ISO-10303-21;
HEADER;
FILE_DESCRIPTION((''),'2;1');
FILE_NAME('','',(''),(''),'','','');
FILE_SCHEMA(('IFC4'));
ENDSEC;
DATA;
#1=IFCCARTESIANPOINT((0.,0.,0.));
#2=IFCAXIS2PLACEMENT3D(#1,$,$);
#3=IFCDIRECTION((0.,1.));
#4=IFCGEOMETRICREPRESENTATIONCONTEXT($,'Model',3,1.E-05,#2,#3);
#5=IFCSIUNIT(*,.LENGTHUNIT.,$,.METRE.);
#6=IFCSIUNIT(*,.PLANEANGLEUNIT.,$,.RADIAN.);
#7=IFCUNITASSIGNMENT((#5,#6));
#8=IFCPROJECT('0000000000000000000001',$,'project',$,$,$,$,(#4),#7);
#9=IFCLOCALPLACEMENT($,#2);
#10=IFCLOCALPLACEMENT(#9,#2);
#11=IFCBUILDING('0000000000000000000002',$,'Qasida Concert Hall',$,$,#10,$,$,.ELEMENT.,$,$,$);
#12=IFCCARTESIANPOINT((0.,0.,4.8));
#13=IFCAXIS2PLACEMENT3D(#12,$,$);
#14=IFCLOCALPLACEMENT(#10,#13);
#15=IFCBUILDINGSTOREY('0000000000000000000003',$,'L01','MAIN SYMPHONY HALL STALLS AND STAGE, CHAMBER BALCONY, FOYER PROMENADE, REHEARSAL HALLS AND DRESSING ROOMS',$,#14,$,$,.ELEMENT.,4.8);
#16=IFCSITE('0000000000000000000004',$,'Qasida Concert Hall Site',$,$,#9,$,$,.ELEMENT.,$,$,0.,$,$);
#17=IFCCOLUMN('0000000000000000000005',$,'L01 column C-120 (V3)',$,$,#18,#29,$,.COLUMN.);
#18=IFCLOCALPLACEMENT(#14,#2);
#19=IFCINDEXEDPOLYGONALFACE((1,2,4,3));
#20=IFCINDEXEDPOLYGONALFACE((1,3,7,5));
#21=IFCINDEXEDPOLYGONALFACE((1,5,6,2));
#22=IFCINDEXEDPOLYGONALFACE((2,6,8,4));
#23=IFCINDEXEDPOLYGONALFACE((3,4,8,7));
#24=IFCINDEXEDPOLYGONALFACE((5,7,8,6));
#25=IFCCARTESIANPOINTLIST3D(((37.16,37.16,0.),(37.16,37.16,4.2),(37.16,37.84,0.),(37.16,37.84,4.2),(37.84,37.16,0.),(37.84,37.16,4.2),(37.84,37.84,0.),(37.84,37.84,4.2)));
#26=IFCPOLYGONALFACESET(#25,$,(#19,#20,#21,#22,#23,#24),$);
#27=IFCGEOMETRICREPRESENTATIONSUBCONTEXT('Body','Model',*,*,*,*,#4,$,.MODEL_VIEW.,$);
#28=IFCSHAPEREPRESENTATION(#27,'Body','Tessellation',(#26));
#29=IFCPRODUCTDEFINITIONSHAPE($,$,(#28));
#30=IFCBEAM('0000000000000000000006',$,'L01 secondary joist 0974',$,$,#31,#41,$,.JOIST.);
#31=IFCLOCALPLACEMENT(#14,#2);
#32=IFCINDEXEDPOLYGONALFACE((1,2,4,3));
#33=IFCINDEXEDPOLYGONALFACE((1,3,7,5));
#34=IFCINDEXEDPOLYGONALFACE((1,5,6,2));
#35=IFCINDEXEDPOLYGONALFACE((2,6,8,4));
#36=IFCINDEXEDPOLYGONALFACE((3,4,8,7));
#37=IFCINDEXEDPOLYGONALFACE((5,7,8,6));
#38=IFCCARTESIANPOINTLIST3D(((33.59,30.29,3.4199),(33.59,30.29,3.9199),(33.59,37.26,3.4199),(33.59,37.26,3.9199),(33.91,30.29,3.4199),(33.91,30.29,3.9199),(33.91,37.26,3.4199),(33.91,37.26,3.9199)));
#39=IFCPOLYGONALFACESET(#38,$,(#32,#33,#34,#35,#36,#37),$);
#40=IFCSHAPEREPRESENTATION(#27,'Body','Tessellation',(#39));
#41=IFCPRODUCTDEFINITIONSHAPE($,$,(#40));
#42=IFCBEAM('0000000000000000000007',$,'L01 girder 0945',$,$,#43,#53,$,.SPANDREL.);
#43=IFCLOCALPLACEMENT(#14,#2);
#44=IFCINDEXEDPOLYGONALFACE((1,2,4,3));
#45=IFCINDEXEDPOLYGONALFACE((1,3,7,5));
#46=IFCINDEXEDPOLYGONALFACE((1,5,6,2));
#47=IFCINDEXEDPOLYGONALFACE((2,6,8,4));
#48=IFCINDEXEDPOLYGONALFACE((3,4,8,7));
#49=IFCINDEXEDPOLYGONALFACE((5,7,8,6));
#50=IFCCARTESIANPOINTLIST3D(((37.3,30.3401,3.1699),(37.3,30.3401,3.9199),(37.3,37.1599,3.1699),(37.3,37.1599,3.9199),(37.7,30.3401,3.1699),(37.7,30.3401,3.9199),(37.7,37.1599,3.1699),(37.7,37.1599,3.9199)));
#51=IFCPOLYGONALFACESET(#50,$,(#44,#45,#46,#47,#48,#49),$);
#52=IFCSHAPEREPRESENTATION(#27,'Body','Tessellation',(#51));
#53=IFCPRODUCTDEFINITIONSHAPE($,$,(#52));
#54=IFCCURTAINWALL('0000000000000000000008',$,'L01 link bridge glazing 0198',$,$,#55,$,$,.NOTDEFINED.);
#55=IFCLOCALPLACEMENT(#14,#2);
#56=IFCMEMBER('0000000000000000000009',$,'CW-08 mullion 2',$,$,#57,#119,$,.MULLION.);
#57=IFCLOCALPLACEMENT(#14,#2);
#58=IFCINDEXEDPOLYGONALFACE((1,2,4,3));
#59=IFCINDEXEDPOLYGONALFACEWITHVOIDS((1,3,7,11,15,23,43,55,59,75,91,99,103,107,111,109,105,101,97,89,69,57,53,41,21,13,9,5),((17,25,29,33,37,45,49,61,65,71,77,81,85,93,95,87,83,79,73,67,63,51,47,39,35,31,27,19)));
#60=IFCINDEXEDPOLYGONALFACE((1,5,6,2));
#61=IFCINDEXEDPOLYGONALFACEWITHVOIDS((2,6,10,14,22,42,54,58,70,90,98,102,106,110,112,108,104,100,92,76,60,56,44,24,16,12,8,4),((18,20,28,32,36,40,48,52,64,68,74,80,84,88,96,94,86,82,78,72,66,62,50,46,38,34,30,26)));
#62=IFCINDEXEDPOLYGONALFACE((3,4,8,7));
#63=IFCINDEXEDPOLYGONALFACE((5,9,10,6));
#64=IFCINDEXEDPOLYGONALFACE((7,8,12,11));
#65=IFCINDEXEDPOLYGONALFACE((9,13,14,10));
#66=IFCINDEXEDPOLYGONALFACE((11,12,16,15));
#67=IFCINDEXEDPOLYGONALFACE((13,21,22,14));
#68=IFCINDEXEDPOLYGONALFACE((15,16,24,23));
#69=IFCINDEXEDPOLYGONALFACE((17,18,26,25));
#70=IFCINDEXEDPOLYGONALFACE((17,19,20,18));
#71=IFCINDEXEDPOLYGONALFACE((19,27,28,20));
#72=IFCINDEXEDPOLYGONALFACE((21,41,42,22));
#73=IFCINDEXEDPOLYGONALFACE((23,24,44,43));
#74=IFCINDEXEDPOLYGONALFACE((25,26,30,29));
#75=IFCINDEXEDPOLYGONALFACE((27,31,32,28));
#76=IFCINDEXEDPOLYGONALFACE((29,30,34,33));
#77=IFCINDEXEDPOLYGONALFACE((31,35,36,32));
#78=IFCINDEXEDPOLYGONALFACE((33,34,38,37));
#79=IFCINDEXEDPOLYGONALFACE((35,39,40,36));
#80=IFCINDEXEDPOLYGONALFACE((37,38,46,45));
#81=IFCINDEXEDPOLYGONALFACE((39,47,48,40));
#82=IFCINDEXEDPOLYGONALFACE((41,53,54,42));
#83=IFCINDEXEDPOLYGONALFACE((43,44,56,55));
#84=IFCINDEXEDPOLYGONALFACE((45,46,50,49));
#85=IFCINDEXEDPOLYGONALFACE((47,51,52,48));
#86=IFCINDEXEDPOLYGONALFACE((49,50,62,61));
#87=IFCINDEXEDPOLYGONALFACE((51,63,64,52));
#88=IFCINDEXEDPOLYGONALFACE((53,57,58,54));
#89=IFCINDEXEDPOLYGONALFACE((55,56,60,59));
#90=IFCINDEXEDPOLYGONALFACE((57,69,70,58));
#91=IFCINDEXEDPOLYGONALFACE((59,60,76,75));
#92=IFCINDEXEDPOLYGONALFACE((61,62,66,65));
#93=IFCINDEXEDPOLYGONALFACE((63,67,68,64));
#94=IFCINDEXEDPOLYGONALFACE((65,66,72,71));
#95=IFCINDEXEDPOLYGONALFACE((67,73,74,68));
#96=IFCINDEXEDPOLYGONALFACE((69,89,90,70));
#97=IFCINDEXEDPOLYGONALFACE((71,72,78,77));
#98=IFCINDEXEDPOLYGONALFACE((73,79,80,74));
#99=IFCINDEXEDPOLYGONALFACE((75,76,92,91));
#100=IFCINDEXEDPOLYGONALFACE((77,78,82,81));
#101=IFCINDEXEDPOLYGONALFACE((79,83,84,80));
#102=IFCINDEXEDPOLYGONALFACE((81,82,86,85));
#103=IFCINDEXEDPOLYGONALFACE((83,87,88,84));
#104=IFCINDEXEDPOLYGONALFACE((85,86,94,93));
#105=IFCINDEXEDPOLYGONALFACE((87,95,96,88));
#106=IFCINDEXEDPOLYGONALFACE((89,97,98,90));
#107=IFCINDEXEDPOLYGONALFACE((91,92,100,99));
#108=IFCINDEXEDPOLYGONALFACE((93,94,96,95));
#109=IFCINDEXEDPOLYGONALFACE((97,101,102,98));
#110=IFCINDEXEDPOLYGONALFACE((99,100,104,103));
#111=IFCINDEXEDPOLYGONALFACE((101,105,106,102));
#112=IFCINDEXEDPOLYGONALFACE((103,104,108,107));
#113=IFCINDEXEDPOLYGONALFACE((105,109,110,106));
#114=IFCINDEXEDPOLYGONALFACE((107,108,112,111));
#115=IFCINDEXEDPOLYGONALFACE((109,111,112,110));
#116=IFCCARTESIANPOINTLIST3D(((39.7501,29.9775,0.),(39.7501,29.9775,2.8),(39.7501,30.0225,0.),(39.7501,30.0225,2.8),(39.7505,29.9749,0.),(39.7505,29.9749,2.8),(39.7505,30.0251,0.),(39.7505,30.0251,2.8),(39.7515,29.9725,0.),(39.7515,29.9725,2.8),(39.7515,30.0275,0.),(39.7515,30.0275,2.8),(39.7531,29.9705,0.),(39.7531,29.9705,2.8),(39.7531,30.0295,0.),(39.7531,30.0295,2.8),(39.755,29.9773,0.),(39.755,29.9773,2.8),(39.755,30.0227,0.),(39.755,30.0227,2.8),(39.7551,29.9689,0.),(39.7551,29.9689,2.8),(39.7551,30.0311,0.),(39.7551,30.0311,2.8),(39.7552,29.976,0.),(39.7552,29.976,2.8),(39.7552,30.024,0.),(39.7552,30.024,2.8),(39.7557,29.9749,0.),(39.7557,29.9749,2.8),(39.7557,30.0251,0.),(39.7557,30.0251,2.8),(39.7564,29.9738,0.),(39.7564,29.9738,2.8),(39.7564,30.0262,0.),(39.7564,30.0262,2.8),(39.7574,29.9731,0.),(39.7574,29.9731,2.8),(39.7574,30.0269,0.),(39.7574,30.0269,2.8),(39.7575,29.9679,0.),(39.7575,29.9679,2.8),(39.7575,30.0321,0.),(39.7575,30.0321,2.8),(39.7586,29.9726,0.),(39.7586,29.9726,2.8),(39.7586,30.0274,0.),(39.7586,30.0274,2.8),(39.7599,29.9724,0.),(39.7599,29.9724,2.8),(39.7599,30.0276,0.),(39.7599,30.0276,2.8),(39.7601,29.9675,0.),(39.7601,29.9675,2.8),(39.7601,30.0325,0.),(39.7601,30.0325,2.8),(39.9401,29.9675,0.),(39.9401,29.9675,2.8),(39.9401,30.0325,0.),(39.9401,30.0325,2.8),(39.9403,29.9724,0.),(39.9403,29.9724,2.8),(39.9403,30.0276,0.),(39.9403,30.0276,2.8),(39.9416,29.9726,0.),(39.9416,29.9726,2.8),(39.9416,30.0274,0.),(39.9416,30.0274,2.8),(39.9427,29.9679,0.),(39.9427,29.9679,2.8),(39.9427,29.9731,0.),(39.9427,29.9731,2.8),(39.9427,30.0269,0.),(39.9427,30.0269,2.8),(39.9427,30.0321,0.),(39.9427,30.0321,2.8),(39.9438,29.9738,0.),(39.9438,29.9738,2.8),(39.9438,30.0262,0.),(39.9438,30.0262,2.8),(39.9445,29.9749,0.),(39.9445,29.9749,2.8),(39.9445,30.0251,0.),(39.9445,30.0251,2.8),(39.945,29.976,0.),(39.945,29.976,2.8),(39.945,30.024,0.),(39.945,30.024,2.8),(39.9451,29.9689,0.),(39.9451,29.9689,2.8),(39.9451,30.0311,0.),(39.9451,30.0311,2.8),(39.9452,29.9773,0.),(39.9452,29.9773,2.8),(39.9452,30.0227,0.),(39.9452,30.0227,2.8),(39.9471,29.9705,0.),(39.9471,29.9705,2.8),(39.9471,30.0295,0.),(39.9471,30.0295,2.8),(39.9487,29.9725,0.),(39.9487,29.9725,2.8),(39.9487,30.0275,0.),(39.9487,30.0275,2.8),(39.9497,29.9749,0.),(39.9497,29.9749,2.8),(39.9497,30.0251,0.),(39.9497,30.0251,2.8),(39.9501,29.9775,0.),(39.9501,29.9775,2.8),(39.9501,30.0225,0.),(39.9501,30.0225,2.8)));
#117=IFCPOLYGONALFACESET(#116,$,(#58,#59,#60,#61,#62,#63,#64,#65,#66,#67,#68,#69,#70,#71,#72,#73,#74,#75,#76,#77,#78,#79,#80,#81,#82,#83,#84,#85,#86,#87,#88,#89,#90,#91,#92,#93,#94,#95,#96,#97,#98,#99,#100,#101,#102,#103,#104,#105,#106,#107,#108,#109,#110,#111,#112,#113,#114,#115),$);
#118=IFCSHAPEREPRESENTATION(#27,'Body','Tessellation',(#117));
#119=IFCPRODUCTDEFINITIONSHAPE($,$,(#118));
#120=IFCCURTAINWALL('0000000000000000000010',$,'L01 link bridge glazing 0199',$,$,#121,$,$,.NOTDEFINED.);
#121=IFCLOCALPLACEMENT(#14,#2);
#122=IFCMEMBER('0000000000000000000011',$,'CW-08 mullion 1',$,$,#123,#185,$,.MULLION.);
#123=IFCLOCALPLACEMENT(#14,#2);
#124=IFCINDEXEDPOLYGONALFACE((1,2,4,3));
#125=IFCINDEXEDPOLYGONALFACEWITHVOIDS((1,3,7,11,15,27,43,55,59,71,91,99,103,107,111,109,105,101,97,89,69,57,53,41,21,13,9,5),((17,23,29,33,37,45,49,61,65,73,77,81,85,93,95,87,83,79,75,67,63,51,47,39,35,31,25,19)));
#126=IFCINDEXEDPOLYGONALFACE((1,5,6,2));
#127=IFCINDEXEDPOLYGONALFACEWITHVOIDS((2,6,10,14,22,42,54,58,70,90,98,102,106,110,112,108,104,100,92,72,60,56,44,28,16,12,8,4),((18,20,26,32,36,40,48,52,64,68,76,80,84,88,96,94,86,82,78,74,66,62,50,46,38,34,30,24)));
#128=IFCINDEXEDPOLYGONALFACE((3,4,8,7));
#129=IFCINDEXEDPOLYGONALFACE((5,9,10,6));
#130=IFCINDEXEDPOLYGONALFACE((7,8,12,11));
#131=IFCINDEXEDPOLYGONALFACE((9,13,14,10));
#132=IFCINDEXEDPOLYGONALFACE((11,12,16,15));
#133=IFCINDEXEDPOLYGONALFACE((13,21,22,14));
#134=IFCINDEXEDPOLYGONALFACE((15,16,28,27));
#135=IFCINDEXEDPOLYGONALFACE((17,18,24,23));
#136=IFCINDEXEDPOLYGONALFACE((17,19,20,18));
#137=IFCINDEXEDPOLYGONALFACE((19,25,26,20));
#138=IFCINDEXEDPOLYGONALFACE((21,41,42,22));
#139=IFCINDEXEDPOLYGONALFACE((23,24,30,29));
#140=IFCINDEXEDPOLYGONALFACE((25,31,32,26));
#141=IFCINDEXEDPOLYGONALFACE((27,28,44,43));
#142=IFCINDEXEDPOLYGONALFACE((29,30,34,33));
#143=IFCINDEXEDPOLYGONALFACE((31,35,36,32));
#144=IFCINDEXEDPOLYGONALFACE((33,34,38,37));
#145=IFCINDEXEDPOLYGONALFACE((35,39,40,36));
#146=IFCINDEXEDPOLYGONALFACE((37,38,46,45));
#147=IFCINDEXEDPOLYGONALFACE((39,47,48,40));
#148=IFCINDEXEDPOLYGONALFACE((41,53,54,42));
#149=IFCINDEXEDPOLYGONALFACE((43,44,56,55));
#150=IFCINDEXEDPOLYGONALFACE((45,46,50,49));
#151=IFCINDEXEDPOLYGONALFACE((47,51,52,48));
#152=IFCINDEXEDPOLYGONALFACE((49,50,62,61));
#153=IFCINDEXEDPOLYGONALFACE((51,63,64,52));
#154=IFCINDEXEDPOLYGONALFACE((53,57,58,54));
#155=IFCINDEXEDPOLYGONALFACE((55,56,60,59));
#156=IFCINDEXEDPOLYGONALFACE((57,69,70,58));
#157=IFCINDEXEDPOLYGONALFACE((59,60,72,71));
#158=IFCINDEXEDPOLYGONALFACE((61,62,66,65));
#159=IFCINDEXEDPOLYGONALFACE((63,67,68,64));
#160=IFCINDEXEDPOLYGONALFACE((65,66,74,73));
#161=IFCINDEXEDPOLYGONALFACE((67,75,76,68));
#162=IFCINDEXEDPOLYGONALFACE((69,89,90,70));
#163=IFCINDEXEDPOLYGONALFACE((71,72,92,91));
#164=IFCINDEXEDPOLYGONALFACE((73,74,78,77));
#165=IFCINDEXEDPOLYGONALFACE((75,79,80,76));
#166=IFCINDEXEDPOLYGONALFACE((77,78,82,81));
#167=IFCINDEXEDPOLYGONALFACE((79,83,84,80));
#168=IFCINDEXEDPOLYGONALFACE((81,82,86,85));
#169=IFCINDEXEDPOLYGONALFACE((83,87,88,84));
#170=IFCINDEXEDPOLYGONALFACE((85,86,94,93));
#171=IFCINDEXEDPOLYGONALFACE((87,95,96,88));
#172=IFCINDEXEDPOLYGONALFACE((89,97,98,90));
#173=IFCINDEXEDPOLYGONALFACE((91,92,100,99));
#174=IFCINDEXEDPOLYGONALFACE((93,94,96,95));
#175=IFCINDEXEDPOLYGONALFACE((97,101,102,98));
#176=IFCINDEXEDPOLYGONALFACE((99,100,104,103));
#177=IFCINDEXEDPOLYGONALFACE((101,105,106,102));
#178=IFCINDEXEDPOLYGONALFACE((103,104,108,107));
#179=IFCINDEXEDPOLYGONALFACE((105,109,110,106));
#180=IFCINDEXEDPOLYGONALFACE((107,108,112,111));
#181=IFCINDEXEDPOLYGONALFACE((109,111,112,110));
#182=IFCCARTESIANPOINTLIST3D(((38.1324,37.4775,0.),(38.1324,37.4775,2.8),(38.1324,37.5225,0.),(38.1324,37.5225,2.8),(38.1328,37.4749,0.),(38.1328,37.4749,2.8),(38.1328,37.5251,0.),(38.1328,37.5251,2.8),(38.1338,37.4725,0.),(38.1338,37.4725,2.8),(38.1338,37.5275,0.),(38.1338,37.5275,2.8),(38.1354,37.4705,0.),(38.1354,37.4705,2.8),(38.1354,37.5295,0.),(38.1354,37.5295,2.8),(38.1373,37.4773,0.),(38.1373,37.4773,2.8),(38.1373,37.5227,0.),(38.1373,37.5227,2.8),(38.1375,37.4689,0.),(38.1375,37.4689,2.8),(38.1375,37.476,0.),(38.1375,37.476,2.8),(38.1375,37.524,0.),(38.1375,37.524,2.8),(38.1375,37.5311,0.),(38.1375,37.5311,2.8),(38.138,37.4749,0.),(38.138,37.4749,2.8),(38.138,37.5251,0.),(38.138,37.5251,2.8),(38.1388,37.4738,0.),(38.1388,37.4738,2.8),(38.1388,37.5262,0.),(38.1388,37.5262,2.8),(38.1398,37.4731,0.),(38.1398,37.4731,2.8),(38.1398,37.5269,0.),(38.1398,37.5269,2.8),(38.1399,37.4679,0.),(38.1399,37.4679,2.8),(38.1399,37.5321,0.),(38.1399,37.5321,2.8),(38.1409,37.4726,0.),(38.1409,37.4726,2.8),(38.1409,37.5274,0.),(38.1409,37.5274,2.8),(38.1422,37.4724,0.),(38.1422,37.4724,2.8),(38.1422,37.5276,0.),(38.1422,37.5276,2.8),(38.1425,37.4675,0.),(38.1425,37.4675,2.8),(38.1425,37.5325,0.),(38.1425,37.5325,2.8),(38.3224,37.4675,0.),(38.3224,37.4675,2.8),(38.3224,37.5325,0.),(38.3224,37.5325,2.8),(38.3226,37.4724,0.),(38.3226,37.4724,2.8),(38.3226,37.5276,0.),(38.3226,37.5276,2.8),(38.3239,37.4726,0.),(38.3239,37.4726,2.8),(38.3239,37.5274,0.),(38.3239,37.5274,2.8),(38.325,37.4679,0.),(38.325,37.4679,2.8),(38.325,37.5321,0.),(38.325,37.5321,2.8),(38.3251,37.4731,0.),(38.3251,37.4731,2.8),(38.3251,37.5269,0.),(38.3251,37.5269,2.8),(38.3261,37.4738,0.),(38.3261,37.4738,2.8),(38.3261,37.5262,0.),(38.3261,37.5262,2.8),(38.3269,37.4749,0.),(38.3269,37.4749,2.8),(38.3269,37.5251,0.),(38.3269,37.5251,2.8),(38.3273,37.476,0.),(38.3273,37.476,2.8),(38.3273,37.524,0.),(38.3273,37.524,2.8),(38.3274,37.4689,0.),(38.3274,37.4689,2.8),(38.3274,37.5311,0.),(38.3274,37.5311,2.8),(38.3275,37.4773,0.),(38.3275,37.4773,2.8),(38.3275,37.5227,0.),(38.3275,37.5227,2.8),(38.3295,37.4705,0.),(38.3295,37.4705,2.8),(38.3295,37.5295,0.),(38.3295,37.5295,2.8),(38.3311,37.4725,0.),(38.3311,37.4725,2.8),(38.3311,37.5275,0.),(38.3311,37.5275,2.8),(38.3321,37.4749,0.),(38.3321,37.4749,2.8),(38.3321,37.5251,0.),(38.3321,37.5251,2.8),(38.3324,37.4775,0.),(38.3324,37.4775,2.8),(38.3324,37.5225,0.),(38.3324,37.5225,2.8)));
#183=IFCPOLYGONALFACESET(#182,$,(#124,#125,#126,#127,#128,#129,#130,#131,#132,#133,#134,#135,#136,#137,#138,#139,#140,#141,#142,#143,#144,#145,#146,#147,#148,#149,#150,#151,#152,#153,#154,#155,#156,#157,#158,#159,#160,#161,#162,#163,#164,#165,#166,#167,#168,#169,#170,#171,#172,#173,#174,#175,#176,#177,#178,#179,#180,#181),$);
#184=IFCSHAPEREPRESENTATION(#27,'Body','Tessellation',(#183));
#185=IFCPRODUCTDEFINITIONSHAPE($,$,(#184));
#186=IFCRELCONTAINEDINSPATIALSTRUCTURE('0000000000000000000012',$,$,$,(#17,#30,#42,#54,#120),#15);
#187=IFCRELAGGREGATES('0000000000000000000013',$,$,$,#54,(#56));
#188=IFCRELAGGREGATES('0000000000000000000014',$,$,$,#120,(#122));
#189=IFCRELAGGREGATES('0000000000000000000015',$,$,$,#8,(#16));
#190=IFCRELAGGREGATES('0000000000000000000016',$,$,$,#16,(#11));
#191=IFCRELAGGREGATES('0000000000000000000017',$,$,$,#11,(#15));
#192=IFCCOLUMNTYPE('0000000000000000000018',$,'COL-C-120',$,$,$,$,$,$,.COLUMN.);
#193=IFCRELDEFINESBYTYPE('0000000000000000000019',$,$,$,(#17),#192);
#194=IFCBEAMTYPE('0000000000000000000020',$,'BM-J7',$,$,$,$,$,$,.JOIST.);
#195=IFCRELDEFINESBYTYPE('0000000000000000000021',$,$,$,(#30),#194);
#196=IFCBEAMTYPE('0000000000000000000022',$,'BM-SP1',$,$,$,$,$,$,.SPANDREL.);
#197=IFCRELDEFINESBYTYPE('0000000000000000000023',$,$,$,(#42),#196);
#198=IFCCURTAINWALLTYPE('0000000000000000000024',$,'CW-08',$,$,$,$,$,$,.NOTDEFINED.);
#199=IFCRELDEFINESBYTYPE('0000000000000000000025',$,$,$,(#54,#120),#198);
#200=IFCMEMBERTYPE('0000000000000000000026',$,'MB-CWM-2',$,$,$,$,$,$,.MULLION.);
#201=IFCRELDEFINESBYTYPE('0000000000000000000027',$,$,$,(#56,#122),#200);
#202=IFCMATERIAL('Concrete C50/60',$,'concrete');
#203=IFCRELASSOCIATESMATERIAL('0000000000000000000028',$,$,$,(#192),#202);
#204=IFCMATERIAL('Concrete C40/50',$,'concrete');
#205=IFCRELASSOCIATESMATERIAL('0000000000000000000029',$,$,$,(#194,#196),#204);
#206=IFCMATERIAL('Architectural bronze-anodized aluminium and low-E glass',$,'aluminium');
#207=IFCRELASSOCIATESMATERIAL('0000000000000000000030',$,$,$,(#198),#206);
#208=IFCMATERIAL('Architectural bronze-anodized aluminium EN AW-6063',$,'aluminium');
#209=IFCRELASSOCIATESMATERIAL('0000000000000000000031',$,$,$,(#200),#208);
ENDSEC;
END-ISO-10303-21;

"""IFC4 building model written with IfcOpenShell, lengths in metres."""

from ifc_helpers import new_model, si_unit, direction, frame, origin, origin_2d, place, context, subcontext, project, spatial, rectangle, hollow_rectangle, extrude, material, material_profile, profile_set, type_object, element, aggregate, save


model = new_model("IFC4")

# Units and contexts
model_context = context("Model", 3, precision=1e-05, world=origin(), true_north=direction((0.0, 1.0)))
body_context = subcontext(model_context, "Body", "Model", "MODEL_VIEW")
ifc_project = project(units=[si_unit("LENGTHUNIT", "METRE"), si_unit("PLANEANGLEUNIT", "RADIAN")], contexts=[model_context])

# Site, building, storey
site_placement = place(None, origin())
site = spatial("IfcSite", under=ifc_project, at=site_placement, Name="Qasida Concert Hall Site", CompositionType="ELEMENT", RefElevation=0.0)
building_placement = place(site_placement, origin())
building = spatial("IfcBuilding", under=site, at=building_placement, Name="Qasida Concert Hall", CompositionType="ELEMENT")
storey_placement = place(building_placement, frame((0.0, 0.0, 4.8)))
storey = spatial("IfcBuildingStorey", under=building, at=storey_placement, Name="L01", Description="MAIN SYMPHONY HALL STALLS AND STAGE, CHAMBER BALCONY, FOYER PROMENADE, REHEARSAL HALLS AND DRESSING ROOMS", CompositionType="ELEMENT", Elevation=4.8)

# Column
ifc_material_1 = material(Name="Concrete C50/60", Category="concrete")
ifc_material_profile_1 = material_profile(ifc_material_1, rectangle(XDim=0.6799, YDim=0.6799, at=origin_2d()), Name="RC 680x680")
ifc_profile_set_1 = profile_set([ifc_material_profile_1], Name="Concrete C50/60")
column_type = type_object("IfcColumnType", Name="COL-C-120", PredefinedType="COLUMN", material=ifc_profile_set_1)
column_placement = place(storey_placement, frame((37.5, 37.5, 0.0), z_axis=(0.0, 0.0, 1.0), x_axis=(1.0, 0.0, 0.0)))
element("IfcColumn", 1, at=column_placement, inside=storey, type_object=column_type, Name="L01 column C-120 (V3)", PredefinedType="COLUMN", context=body_context, shape_type="SweptSolid", body=[
    extrude(rectangle(XDim=0.6799, YDim=0.6799, at=origin_2d()), origin(), (0.0, 0.0, 1.0), 4.2),
])

# Beams
ifc_material_2 = material(Name="Concrete C40/50", Category="concrete")
ifc_material_profile_2 = material_profile(ifc_material_2, rectangle(XDim=0.3201, YDim=0.5, at=origin_2d()), Name="RC 320x500")
ifc_profile_set_2 = profile_set([ifc_material_profile_2], Name="Concrete C40/50")
beam_type_1 = type_object("IfcBeamType", Name="BM-J7", PredefinedType="JOIST", material=ifc_profile_set_2)
beam_1_placement = place(storey_placement, frame((33.75, 30.29, 3.6699), z_axis=(0.0, 1.0, 0.0), x_axis=(-1.0, 0.0, 0.0)))
element("IfcBeam", 2, at=beam_1_placement, inside=storey, type_object=beam_type_1, Name="L01 secondary joist 0974", PredefinedType="JOIST", context=body_context, shape_type="SweptSolid", body=[
    extrude(rectangle(XDim=0.3201, YDim=0.5, at=origin_2d()), origin(), (0.0, 0.0, 1.0), 6.97),
])
ifc_material_profile_3 = material_profile(ifc_material_2, rectangle(XDim=0.3999, YDim=0.75, at=origin_2d()), Name="RC 400x750")
ifc_profile_set_3 = profile_set([ifc_material_profile_3], Name="Concrete C40/50")
beam_type_2 = type_object("IfcBeamType", Name="BM-SP1", PredefinedType="SPANDREL", material=ifc_profile_set_3)
beam_2_placement = place(storey_placement, frame((37.5, 30.3401, 3.5449), z_axis=(0.0, 1.0, 0.0), x_axis=(-1.0, 0.0, 0.0)))
element("IfcBeam", 3, at=beam_2_placement, inside=storey, type_object=beam_type_2, Name="L01 girder 0945", PredefinedType="SPANDREL", context=body_context, shape_type="SweptSolid", body=[
    extrude(rectangle(XDim=0.3999, YDim=0.75, at=origin_2d()), origin(), (0.0, 0.0, 1.0), 6.8198),
])

# Curtain wall, member
ifc_material_3 = material(Name="Architectural bronze-anodized aluminium and low-E glass", Category="aluminium")
curtain_wall_type = type_object("IfcCurtainWallType", Name="CW-08", PredefinedType="NOTDEFINED", material=ifc_material_3)
curtain_wall_1_placement = place(storey_placement, origin())
curtain_wall_1 = element("IfcCurtainWall", 4, at=curtain_wall_1_placement, inside=storey, type_object=curtain_wall_type, Name="L01 link bridge glazing 0198", PredefinedType="NOTDEFINED")
ifc_material_4 = material(Name="Architectural bronze-anodized aluminium EN AW-6063", Category="aluminium")
ifc_material_profile_4 = material_profile(ifc_material_4, hollow_rectangle(XDim=0.0649, YDim=0.2, WallThickness=0.0049, InnerFilletRadius=0.0049, OuterFilletRadius=0.01, at=origin_2d()), Name="CWM 200x65x5")
ifc_profile_set_4 = profile_set([ifc_material_profile_4], Name="Architectural bronze-anodized aluminium EN AW-6063")
member_type_1 = type_object("IfcMemberType", Name="MB-CWM-2", PredefinedType="MULLION", material=ifc_profile_set_4)
member_1_placement = place(storey_placement, frame((39.8501, 30.0, 0.0), z_axis=(0.0, 0.0, 1.0), x_axis=(0.0, 1.0, 0.0)))
member_1 = element("IfcMember", 5, at=member_1_placement, type_object=member_type_1, Name="CW-08 mullion 2", PredefinedType="MULLION", context=body_context, shape_type="SweptSolid", body=[
    extrude(hollow_rectangle(XDim=0.0649, YDim=0.2, WallThickness=0.0049, InnerFilletRadius=0.0049, OuterFilletRadius=0.01, at=origin_2d()), origin(), (0.0, 0.0, 1.0), 2.8),
])

# Curtain wall, member
curtain_wall_2_placement = place(storey_placement, origin())
curtain_wall_2 = element("IfcCurtainWall", 6, at=curtain_wall_2_placement, inside=storey, type_object=curtain_wall_type, Name="L01 link bridge glazing 0199", PredefinedType="NOTDEFINED")
member_2_placement = place(storey_placement, frame((38.2324, 37.5, 0.0), z_axis=(0.0, 0.0, 1.0), x_axis=(0.0, 1.0, 0.0)))
member_2 = element("IfcMember", 7, at=member_2_placement, type_object=member_type_1, Name="CW-08 mullion 1", PredefinedType="MULLION", context=body_context, shape_type="SweptSolid", body=[
    extrude(hollow_rectangle(XDim=0.0649, YDim=0.2, WallThickness=0.0049, InnerFilletRadius=0.0049, OuterFilletRadius=0.01, at=origin_2d()), origin(), (0.0, 0.0, 1.0), 2.8),
])

aggregate(curtain_wall_1, [member_1])
aggregate(curtain_wall_2, [member_2])

save(model, "model.ifc")
